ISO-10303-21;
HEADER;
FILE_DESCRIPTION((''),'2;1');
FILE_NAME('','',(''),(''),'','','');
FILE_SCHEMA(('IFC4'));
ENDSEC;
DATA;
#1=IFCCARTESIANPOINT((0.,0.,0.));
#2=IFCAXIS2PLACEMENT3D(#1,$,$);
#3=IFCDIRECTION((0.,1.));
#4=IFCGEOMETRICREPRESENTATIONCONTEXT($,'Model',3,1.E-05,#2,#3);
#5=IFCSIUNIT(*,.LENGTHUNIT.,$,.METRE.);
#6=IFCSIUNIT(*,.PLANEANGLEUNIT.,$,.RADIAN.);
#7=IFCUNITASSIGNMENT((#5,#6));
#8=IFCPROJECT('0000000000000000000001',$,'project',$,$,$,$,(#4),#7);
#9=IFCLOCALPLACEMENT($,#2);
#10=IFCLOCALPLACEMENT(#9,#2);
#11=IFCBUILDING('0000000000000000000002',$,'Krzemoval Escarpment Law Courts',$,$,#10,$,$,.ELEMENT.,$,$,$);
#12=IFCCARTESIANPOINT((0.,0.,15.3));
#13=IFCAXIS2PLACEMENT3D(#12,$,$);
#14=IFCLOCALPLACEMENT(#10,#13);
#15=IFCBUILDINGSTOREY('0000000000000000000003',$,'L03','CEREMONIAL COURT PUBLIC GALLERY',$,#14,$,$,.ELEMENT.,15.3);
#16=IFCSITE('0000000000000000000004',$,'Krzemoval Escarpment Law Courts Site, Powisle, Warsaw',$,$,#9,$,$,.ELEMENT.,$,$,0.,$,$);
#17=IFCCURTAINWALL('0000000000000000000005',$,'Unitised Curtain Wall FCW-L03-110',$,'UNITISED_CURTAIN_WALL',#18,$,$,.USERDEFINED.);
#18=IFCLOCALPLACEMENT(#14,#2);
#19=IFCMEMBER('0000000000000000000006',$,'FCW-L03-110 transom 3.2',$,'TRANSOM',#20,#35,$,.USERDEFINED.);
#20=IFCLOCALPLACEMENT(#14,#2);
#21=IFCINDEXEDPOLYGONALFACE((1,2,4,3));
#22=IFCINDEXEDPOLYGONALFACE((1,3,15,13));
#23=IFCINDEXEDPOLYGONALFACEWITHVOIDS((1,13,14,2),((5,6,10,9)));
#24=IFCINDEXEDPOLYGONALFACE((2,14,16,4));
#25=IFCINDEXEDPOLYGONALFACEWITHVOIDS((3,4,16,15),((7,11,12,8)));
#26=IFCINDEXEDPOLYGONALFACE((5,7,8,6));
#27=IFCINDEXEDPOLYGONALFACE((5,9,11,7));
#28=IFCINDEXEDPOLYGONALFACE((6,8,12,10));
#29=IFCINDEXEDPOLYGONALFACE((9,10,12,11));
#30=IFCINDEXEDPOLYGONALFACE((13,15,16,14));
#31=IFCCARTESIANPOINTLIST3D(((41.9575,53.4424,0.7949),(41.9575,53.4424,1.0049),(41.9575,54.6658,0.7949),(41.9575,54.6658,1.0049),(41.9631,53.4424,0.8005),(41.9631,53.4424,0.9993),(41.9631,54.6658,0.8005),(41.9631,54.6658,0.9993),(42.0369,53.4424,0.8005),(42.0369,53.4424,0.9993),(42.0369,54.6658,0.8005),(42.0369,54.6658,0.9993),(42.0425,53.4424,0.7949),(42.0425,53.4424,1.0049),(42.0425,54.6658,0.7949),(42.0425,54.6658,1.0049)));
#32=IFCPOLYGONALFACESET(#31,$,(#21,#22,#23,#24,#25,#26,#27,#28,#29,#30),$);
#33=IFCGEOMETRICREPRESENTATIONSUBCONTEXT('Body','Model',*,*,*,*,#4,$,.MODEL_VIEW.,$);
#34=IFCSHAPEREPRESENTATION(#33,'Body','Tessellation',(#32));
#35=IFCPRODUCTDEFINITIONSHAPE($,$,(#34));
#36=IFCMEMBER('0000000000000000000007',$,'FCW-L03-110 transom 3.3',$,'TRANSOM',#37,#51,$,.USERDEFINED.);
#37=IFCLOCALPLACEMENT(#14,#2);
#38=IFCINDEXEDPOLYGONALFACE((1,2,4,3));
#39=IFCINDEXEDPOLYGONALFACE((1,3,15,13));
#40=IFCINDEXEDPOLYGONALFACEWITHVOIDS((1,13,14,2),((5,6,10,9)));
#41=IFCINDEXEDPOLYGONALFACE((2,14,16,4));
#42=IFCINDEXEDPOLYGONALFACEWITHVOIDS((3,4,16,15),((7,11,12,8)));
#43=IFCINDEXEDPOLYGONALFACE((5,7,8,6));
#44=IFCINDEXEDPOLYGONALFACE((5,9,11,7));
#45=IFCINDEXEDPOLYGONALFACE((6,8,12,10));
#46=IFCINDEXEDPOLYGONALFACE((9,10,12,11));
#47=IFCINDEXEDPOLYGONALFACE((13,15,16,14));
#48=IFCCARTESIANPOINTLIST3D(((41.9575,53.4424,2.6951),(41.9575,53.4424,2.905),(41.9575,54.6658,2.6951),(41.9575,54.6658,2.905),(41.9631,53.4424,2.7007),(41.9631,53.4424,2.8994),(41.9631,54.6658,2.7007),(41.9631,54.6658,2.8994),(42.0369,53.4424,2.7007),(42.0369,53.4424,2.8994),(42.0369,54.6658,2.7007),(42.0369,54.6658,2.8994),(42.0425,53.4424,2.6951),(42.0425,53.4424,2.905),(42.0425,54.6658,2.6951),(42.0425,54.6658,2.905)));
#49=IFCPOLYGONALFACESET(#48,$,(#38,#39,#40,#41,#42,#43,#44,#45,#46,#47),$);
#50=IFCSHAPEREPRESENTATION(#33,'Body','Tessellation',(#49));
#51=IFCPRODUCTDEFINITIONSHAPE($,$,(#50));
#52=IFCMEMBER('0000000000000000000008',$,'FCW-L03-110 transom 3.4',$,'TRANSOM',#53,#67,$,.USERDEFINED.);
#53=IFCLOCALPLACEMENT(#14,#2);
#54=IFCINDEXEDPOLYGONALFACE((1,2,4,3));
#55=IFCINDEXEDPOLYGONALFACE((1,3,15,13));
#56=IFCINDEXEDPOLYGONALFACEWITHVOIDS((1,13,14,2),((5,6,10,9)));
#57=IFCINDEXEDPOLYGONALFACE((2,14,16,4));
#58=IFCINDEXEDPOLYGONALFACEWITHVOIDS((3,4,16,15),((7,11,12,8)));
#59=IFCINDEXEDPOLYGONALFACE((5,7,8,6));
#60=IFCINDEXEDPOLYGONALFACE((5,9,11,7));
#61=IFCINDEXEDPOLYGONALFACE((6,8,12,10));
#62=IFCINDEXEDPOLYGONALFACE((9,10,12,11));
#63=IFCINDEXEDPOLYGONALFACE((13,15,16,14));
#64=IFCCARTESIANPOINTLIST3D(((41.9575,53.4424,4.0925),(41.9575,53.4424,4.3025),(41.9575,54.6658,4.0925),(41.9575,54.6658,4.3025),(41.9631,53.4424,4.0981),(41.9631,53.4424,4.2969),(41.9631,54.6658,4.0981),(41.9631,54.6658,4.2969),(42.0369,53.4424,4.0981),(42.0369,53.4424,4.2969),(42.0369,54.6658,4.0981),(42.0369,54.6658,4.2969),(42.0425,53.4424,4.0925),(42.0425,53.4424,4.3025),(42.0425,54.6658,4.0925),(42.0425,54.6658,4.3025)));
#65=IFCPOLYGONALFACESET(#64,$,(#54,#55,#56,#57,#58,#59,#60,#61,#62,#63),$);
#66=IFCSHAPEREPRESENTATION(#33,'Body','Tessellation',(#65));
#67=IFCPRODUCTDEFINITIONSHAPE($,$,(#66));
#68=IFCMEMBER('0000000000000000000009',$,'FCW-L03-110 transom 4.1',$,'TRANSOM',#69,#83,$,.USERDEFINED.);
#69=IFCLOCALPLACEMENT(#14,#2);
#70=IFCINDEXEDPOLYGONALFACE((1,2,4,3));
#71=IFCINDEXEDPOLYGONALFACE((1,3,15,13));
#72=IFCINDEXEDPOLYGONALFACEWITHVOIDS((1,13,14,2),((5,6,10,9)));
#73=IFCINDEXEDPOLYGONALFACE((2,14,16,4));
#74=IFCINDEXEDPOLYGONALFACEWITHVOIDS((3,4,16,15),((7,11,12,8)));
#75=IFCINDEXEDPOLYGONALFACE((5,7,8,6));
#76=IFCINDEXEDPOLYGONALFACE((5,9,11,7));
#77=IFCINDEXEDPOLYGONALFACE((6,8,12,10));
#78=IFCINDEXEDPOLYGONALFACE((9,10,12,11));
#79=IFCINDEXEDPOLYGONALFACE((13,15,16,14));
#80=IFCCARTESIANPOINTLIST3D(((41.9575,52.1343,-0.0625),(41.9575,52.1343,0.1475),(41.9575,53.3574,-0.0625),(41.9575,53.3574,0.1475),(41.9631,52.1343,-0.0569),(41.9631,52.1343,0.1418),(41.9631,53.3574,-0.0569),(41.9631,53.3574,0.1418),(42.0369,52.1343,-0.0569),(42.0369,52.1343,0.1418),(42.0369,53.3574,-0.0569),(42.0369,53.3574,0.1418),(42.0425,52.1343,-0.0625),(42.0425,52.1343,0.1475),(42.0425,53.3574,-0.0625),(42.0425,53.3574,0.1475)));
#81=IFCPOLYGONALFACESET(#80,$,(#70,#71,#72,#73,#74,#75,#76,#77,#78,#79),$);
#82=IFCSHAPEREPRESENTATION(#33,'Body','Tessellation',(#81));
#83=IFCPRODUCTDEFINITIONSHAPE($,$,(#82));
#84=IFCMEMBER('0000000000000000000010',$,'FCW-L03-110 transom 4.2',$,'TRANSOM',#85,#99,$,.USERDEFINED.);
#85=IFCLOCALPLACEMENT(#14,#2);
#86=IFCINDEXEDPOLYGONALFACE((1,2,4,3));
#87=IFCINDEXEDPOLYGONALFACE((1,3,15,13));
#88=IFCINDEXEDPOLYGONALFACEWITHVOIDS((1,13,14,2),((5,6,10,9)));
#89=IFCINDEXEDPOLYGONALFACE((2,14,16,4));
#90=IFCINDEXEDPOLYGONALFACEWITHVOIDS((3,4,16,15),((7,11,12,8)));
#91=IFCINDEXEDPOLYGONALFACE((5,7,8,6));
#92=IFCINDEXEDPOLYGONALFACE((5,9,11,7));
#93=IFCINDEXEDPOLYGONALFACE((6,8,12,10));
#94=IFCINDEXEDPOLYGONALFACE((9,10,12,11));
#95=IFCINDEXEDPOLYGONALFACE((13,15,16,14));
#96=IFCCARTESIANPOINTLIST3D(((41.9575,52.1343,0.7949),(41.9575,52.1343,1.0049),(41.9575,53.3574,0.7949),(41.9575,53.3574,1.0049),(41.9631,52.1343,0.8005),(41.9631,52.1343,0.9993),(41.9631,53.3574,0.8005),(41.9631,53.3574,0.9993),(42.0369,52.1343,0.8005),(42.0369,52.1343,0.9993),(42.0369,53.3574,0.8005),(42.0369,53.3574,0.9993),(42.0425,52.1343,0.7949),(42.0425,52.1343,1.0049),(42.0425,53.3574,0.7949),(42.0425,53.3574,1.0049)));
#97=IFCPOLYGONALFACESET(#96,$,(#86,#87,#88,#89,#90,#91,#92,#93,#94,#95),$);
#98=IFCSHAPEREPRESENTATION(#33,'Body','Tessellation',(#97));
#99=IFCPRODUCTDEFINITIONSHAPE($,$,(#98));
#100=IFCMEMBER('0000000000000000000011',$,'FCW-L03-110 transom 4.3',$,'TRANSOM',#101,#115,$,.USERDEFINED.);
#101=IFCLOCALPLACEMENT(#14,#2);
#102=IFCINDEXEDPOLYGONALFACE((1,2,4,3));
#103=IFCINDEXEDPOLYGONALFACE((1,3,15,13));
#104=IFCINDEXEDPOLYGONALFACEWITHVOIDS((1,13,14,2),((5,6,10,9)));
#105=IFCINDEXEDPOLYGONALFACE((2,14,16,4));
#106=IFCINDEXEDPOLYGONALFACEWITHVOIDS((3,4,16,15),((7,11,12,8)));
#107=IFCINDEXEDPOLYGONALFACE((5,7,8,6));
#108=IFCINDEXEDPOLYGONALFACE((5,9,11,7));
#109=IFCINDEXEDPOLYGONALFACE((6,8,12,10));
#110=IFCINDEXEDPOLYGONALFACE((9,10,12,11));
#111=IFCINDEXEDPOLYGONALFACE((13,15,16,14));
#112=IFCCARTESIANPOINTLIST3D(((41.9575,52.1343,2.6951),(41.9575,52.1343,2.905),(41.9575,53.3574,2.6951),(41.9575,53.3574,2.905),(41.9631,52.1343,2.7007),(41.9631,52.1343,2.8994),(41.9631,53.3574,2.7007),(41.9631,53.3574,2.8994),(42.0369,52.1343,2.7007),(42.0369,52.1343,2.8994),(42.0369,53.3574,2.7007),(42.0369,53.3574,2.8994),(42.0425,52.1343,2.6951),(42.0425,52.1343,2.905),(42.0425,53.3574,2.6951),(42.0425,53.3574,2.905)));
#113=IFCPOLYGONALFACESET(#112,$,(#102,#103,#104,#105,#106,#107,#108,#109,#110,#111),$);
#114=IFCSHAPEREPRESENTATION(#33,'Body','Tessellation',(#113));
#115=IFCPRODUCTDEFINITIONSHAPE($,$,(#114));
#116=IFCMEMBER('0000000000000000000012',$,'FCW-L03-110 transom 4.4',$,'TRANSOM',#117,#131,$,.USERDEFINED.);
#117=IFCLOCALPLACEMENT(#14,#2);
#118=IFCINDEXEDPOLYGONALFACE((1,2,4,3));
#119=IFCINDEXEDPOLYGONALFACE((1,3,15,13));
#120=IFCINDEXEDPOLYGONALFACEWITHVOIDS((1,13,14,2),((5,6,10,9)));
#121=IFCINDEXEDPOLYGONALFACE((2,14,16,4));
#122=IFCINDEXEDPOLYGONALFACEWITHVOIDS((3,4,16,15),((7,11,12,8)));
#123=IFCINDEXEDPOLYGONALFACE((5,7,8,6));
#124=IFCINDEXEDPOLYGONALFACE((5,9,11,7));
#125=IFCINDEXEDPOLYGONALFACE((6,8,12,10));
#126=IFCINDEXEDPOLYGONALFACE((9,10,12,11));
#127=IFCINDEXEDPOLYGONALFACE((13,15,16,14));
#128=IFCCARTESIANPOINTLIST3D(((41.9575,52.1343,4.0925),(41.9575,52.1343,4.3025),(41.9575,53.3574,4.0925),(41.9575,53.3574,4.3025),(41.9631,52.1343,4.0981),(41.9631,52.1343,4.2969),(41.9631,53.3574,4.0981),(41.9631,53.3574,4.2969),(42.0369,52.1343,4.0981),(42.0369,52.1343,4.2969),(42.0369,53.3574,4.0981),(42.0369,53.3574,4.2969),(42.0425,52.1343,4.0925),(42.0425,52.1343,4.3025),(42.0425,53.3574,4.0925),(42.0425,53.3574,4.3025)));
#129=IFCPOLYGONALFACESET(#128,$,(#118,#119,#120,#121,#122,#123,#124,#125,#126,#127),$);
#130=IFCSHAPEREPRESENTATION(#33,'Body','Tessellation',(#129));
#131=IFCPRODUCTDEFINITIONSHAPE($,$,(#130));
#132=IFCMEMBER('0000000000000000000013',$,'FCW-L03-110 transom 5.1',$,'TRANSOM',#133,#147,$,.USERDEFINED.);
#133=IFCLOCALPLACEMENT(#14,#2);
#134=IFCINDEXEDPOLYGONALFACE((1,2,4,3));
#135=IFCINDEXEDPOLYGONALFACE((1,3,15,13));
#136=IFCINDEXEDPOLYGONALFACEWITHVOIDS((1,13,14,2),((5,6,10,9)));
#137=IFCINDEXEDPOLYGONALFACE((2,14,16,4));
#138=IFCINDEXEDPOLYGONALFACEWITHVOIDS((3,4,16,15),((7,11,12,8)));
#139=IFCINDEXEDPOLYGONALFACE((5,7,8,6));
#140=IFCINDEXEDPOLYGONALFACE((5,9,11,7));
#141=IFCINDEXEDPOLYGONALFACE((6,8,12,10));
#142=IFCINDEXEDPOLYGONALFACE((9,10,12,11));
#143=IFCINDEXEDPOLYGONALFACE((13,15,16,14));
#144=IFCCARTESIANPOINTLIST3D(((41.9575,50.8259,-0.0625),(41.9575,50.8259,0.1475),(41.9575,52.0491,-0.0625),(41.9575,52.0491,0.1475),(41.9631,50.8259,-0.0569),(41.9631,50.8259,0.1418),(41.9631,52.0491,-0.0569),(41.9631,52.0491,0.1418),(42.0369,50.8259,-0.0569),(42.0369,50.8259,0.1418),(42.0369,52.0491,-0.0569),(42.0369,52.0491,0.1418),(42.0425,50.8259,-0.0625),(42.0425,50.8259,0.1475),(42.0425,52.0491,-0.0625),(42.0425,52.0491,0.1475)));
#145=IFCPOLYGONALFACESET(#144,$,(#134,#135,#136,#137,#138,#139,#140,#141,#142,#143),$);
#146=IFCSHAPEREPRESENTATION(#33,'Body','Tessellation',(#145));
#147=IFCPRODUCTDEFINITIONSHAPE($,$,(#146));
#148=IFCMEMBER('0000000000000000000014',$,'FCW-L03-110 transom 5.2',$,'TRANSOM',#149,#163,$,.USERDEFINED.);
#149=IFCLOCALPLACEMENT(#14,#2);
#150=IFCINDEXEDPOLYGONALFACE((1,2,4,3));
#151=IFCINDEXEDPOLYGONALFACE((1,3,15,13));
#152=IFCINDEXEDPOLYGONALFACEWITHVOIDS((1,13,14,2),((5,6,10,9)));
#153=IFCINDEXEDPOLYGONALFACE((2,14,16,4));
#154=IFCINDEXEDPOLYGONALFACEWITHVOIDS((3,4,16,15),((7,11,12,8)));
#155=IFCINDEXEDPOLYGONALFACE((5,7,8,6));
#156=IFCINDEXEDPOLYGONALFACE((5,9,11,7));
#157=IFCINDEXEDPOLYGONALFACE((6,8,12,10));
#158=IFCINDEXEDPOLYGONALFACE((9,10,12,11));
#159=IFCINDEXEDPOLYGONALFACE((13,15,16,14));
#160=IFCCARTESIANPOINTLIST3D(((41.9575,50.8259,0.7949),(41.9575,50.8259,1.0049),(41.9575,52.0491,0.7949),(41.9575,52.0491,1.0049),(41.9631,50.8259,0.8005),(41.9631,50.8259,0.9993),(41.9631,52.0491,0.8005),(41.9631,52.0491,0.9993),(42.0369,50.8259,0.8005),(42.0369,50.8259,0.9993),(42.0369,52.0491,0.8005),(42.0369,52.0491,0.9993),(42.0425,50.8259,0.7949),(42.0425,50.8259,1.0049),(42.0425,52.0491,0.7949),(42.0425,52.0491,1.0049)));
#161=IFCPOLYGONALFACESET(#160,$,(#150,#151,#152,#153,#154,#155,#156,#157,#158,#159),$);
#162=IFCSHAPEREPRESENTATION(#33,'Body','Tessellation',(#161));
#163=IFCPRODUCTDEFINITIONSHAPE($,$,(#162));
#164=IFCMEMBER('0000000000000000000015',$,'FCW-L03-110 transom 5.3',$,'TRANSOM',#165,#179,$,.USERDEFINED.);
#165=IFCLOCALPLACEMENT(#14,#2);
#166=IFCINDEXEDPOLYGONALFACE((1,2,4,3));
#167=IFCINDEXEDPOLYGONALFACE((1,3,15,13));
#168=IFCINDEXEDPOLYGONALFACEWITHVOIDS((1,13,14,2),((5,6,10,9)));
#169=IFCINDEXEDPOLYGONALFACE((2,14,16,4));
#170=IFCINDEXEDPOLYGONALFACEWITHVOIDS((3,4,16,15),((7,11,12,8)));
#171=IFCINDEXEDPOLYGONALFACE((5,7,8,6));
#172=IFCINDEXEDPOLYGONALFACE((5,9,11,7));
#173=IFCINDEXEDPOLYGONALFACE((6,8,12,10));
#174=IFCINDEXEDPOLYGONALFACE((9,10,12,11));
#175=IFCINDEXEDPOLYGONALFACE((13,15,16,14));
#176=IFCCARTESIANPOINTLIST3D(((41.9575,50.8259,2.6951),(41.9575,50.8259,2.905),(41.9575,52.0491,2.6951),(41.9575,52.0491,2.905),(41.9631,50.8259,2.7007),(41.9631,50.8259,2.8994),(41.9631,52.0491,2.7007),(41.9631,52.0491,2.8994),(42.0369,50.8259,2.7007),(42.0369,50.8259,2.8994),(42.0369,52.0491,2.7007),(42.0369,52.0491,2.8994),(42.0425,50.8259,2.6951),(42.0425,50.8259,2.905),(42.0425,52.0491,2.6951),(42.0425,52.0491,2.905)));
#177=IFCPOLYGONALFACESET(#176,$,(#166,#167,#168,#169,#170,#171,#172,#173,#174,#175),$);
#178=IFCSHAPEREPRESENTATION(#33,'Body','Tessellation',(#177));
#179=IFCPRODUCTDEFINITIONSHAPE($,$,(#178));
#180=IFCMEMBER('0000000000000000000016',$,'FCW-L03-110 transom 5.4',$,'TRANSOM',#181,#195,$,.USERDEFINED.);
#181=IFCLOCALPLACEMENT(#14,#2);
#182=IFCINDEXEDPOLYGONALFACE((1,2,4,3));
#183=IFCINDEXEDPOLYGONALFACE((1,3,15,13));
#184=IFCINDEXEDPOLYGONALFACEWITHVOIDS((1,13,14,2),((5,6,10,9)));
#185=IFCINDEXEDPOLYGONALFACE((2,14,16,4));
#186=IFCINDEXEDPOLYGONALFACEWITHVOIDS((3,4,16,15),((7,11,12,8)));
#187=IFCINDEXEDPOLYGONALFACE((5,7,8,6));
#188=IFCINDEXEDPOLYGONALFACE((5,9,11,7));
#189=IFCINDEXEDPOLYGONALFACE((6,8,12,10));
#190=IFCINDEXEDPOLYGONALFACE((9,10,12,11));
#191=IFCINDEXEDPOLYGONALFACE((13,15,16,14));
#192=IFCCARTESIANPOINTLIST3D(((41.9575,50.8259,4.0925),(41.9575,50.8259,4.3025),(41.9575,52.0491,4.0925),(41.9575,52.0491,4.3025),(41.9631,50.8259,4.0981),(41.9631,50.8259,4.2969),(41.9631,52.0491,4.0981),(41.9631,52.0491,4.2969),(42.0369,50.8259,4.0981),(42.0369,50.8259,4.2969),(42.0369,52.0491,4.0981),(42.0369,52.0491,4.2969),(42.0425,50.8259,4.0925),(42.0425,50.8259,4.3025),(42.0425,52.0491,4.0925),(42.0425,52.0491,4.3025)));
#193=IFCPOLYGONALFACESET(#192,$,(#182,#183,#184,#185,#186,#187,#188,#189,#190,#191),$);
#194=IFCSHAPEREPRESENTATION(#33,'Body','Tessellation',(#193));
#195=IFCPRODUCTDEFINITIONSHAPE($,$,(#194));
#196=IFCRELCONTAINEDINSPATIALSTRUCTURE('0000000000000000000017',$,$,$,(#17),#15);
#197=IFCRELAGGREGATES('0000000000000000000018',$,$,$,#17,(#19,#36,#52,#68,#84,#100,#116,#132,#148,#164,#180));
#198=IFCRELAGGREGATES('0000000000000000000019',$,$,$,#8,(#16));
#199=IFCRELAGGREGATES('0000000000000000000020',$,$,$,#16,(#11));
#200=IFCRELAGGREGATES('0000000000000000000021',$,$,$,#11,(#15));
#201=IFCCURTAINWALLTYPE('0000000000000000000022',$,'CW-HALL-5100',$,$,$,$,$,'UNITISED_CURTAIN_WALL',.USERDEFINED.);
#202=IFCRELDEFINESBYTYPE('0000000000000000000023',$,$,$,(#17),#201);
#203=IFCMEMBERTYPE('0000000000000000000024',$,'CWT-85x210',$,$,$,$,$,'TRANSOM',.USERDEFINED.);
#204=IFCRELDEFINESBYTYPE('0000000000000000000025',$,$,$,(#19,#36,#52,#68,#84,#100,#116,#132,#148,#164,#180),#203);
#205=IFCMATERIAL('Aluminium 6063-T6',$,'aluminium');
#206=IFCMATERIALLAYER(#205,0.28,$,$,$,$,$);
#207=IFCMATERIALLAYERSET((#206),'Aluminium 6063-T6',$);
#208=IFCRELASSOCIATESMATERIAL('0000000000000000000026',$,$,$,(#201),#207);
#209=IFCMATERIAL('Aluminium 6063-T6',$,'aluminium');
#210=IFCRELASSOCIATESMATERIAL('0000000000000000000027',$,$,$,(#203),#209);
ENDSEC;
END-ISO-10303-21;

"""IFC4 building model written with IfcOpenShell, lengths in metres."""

from ifc_helpers import new_model, si_unit, direction, frame, origin, origin_2d, place, context, subcontext, project, spatial, hollow_rectangle, extrude, material, layer, layer_set, material_profile, profile_set, type_object, element, aggregate, save


model = new_model("IFC4")

# Units and contexts
model_context = context("Model", 3, precision=1e-05, world=origin(), true_north=direction((0.0, 1.0)))
body_context = subcontext(model_context, "Body", "Model", "MODEL_VIEW")
ifc_project = project(units=[si_unit("LENGTHUNIT", "METRE"), si_unit("PLANEANGLEUNIT", "RADIAN")], contexts=[model_context])

# Site, building, storey
site_placement = place(None, origin())
site = spatial("IfcSite", under=ifc_project, at=site_placement, Name="Krzemoval Escarpment Law Courts Site, Powisle, Warsaw", CompositionType="ELEMENT", RefElevation=0.0)
building_placement = place(site_placement, origin())
building = spatial("IfcBuilding", under=site, at=building_placement, Name="Krzemoval Escarpment Law Courts", CompositionType="ELEMENT")
storey_placement = place(building_placement, frame((0.0, 0.0, 15.3)))
storey = spatial("IfcBuildingStorey", under=building, at=storey_placement, Name="L03", Description="CEREMONIAL COURT PUBLIC GALLERY", CompositionType="ELEMENT", Elevation=15.3)

# Curtain wall, members
ifc_material_1 = material(Name="Aluminium 6063-T6", Category="aluminium")
ifc_layer_1 = layer(ifc_material_1, 0.28)
ifc_layer_set_1 = layer_set([ifc_layer_1], Name="Aluminium 6063-T6")
curtain_wall_type = type_object("IfcCurtainWallType", Name="CW-HALL-5100", ElementType="UNITISED_CURTAIN_WALL", PredefinedType="USERDEFINED", material=ifc_layer_set_1)
curtain_wall_placement = place(storey_placement, origin())
curtain_wall = element("IfcCurtainWall", 1, at=curtain_wall_placement, inside=storey, type_object=curtain_wall_type, Name="Unitised Curtain Wall FCW-L03-110", ObjectType="UNITISED_CURTAIN_WALL", PredefinedType="USERDEFINED")
ifc_material_2 = material(Name="Aluminium 6063-T6", Category="aluminium")
ifc_material_profile_1 = material_profile(ifc_material_2, hollow_rectangle(XDim=0.085, YDim=0.21, WallThickness=0.0056, at=origin_2d()), Name="ALU T85x210")
ifc_profile_set_1 = profile_set([ifc_material_profile_1], Name="Aluminium 6063-T6")
member_type_1 = type_object("IfcMemberType", Name="CWT-85x210", ElementType="TRANSOM", PredefinedType="USERDEFINED", material=ifc_profile_set_1)
member_1_placement = place(storey_placement, frame((42.0, 54.6658, 0.8999), z_axis=(0.0, -1.0, 0.0), x_axis=(1.0, 0.0, 0.0)))
member_1 = element("IfcMember", 2, at=member_1_placement, type_object=member_type_1, Name="FCW-L03-110 transom 3.2", ObjectType="TRANSOM", PredefinedType="USERDEFINED", context=body_context, shape_type="SweptSolid", body=[
    extrude(hollow_rectangle(XDim=0.085, YDim=0.21, WallThickness=0.0056, at=origin_2d()), origin(), (0.0, 0.0, 1.0), 1.2234),
])
member_2_placement = place(storey_placement, frame((42.0, 54.6658, 2.8), z_axis=(0.0, -1.0, 0.0), x_axis=(1.0, 0.0, 0.0)))
member_2 = element("IfcMember", 3, at=member_2_placement, type_object=member_type_1, Name="FCW-L03-110 transom 3.3", ObjectType="TRANSOM", PredefinedType="USERDEFINED", context=body_context, shape_type="SweptSolid", body=[
    extrude(hollow_rectangle(XDim=0.085, YDim=0.21, WallThickness=0.0056, at=origin_2d()), origin(), (0.0, 0.0, 1.0), 1.2234),
])
member_3_placement = place(storey_placement, frame((42.0, 54.6658, 4.1975), z_axis=(0.0, -1.0, 0.0), x_axis=(1.0, 0.0, 0.0)))
member_3 = element("IfcMember", 4, at=member_3_placement, type_object=member_type_1, Name="FCW-L03-110 transom 3.4", ObjectType="TRANSOM", PredefinedType="USERDEFINED", context=body_context, shape_type="SweptSolid", body=[
    extrude(hollow_rectangle(XDim=0.085, YDim=0.21, WallThickness=0.0056, at=origin_2d()), origin(), (0.0, 0.0, 1.0), 1.2234),
])
member_4_placement = place(storey_placement, frame((42.0, 53.3574, 0.0425), z_axis=(0.0, -1.0, 0.0), x_axis=(1.0, 0.0, 0.0)))
member_4 = element("IfcMember", 5, at=member_4_placement, type_object=member_type_1, Name="FCW-L03-110 transom 4.1", ObjectType="TRANSOM", PredefinedType="USERDEFINED", context=body_context, shape_type="SweptSolid", body=[
    extrude(hollow_rectangle(XDim=0.085, YDim=0.21, WallThickness=0.0056, at=origin_2d()), origin(), (0.0, 0.0, 1.0), 1.2231),
])
member_5_placement = place(storey_placement, frame((42.0, 53.3574, 0.8999), z_axis=(0.0, -1.0, 0.0), x_axis=(1.0, 0.0, 0.0)))
member_5 = element("IfcMember", 6, at=member_5_placement, type_object=member_type_1, Name="FCW-L03-110 transom 4.2", ObjectType="TRANSOM", PredefinedType="USERDEFINED", context=body_context, shape_type="SweptSolid", body=[
    extrude(hollow_rectangle(XDim=0.085, YDim=0.21, WallThickness=0.0056, at=origin_2d()), origin(), (0.0, 0.0, 1.0), 1.2231),
])
member_6_placement = place(storey_placement, frame((42.0, 53.3574, 2.8), z_axis=(0.0, -1.0, 0.0), x_axis=(1.0, 0.0, 0.0)))
member_6 = element("IfcMember", 7, at=member_6_placement, type_object=member_type_1, Name="FCW-L03-110 transom 4.3", ObjectType="TRANSOM", PredefinedType="USERDEFINED", context=body_context, shape_type="SweptSolid", body=[
    extrude(hollow_rectangle(XDim=0.085, YDim=0.21, WallThickness=0.0056, at=origin_2d()), origin(), (0.0, 0.0, 1.0), 1.2231),
])
member_7_placement = place(storey_placement, frame((42.0, 53.3574, 4.1975), z_axis=(0.0, -1.0, 0.0), x_axis=(1.0, 0.0, 0.0)))
member_7 = element("IfcMember", 8, at=member_7_placement, type_object=member_type_1, Name="FCW-L03-110 transom 4.4", ObjectType="TRANSOM", PredefinedType="USERDEFINED", context=body_context, shape_type="SweptSolid", body=[
    extrude(hollow_rectangle(XDim=0.085, YDim=0.21, WallThickness=0.0056, at=origin_2d()), origin(), (0.0, 0.0, 1.0), 1.2231),
])
member_8_placement = place(storey_placement, frame((42.0, 52.0491, 0.0425), z_axis=(0.0, -1.0, 0.0), x_axis=(1.0, 0.0, 0.0)))
member_8 = element("IfcMember", 9, at=member_8_placement, type_object=member_type_1, Name="FCW-L03-110 transom 5.1", ObjectType="TRANSOM", PredefinedType="USERDEFINED", context=body_context, shape_type="SweptSolid", body=[
    extrude(hollow_rectangle(XDim=0.085, YDim=0.21, WallThickness=0.0056, at=origin_2d()), origin(), (0.0, 0.0, 1.0), 1.2231),
])
member_9_placement = place(storey_placement, frame((42.0, 52.0491, 0.8999), z_axis=(0.0, -1.0, 0.0), x_axis=(1.0, 0.0, 0.0)))
member_9 = element("IfcMember", 10, at=member_9_placement, type_object=member_type_1, Name="FCW-L03-110 transom 5.2", ObjectType="TRANSOM", PredefinedType="USERDEFINED", context=body_context, shape_type="SweptSolid", body=[
    extrude(hollow_rectangle(XDim=0.085, YDim=0.21, WallThickness=0.0056, at=origin_2d()), origin(), (0.0, 0.0, 1.0), 1.2231),
])
member_10_placement = place(storey_placement, frame((42.0, 52.0491, 2.8), z_axis=(0.0, -1.0, 0.0), x_axis=(1.0, 0.0, 0.0)))
member_10 = element("IfcMember", 11, at=member_10_placement, type_object=member_type_1, Name="FCW-L03-110 transom 5.3", ObjectType="TRANSOM", PredefinedType="USERDEFINED", context=body_context, shape_type="SweptSolid", body=[
    extrude(hollow_rectangle(XDim=0.085, YDim=0.21, WallThickness=0.0056, at=origin_2d()), origin(), (0.0, 0.0, 1.0), 1.2231),
])
member_11_placement = place(storey_placement, frame((42.0, 52.0491, 4.1975), z_axis=(0.0, -1.0, 0.0), x_axis=(1.0, 0.0, 0.0)))
member_11 = element("IfcMember", 12, at=member_11_placement, type_object=member_type_1, Name="FCW-L03-110 transom 5.4", ObjectType="TRANSOM", PredefinedType="USERDEFINED", context=body_context, shape_type="SweptSolid", body=[
    extrude(hollow_rectangle(XDim=0.085, YDim=0.21, WallThickness=0.0056, at=origin_2d()), origin(), (0.0, 0.0, 1.0), 1.2231),
])
aggregate(curtain_wall, [member_1, member_2, member_3, member_4, member_5, member_6, member_7, member_8, member_9, member_10, member_11])

save(model, "model.ifc")
